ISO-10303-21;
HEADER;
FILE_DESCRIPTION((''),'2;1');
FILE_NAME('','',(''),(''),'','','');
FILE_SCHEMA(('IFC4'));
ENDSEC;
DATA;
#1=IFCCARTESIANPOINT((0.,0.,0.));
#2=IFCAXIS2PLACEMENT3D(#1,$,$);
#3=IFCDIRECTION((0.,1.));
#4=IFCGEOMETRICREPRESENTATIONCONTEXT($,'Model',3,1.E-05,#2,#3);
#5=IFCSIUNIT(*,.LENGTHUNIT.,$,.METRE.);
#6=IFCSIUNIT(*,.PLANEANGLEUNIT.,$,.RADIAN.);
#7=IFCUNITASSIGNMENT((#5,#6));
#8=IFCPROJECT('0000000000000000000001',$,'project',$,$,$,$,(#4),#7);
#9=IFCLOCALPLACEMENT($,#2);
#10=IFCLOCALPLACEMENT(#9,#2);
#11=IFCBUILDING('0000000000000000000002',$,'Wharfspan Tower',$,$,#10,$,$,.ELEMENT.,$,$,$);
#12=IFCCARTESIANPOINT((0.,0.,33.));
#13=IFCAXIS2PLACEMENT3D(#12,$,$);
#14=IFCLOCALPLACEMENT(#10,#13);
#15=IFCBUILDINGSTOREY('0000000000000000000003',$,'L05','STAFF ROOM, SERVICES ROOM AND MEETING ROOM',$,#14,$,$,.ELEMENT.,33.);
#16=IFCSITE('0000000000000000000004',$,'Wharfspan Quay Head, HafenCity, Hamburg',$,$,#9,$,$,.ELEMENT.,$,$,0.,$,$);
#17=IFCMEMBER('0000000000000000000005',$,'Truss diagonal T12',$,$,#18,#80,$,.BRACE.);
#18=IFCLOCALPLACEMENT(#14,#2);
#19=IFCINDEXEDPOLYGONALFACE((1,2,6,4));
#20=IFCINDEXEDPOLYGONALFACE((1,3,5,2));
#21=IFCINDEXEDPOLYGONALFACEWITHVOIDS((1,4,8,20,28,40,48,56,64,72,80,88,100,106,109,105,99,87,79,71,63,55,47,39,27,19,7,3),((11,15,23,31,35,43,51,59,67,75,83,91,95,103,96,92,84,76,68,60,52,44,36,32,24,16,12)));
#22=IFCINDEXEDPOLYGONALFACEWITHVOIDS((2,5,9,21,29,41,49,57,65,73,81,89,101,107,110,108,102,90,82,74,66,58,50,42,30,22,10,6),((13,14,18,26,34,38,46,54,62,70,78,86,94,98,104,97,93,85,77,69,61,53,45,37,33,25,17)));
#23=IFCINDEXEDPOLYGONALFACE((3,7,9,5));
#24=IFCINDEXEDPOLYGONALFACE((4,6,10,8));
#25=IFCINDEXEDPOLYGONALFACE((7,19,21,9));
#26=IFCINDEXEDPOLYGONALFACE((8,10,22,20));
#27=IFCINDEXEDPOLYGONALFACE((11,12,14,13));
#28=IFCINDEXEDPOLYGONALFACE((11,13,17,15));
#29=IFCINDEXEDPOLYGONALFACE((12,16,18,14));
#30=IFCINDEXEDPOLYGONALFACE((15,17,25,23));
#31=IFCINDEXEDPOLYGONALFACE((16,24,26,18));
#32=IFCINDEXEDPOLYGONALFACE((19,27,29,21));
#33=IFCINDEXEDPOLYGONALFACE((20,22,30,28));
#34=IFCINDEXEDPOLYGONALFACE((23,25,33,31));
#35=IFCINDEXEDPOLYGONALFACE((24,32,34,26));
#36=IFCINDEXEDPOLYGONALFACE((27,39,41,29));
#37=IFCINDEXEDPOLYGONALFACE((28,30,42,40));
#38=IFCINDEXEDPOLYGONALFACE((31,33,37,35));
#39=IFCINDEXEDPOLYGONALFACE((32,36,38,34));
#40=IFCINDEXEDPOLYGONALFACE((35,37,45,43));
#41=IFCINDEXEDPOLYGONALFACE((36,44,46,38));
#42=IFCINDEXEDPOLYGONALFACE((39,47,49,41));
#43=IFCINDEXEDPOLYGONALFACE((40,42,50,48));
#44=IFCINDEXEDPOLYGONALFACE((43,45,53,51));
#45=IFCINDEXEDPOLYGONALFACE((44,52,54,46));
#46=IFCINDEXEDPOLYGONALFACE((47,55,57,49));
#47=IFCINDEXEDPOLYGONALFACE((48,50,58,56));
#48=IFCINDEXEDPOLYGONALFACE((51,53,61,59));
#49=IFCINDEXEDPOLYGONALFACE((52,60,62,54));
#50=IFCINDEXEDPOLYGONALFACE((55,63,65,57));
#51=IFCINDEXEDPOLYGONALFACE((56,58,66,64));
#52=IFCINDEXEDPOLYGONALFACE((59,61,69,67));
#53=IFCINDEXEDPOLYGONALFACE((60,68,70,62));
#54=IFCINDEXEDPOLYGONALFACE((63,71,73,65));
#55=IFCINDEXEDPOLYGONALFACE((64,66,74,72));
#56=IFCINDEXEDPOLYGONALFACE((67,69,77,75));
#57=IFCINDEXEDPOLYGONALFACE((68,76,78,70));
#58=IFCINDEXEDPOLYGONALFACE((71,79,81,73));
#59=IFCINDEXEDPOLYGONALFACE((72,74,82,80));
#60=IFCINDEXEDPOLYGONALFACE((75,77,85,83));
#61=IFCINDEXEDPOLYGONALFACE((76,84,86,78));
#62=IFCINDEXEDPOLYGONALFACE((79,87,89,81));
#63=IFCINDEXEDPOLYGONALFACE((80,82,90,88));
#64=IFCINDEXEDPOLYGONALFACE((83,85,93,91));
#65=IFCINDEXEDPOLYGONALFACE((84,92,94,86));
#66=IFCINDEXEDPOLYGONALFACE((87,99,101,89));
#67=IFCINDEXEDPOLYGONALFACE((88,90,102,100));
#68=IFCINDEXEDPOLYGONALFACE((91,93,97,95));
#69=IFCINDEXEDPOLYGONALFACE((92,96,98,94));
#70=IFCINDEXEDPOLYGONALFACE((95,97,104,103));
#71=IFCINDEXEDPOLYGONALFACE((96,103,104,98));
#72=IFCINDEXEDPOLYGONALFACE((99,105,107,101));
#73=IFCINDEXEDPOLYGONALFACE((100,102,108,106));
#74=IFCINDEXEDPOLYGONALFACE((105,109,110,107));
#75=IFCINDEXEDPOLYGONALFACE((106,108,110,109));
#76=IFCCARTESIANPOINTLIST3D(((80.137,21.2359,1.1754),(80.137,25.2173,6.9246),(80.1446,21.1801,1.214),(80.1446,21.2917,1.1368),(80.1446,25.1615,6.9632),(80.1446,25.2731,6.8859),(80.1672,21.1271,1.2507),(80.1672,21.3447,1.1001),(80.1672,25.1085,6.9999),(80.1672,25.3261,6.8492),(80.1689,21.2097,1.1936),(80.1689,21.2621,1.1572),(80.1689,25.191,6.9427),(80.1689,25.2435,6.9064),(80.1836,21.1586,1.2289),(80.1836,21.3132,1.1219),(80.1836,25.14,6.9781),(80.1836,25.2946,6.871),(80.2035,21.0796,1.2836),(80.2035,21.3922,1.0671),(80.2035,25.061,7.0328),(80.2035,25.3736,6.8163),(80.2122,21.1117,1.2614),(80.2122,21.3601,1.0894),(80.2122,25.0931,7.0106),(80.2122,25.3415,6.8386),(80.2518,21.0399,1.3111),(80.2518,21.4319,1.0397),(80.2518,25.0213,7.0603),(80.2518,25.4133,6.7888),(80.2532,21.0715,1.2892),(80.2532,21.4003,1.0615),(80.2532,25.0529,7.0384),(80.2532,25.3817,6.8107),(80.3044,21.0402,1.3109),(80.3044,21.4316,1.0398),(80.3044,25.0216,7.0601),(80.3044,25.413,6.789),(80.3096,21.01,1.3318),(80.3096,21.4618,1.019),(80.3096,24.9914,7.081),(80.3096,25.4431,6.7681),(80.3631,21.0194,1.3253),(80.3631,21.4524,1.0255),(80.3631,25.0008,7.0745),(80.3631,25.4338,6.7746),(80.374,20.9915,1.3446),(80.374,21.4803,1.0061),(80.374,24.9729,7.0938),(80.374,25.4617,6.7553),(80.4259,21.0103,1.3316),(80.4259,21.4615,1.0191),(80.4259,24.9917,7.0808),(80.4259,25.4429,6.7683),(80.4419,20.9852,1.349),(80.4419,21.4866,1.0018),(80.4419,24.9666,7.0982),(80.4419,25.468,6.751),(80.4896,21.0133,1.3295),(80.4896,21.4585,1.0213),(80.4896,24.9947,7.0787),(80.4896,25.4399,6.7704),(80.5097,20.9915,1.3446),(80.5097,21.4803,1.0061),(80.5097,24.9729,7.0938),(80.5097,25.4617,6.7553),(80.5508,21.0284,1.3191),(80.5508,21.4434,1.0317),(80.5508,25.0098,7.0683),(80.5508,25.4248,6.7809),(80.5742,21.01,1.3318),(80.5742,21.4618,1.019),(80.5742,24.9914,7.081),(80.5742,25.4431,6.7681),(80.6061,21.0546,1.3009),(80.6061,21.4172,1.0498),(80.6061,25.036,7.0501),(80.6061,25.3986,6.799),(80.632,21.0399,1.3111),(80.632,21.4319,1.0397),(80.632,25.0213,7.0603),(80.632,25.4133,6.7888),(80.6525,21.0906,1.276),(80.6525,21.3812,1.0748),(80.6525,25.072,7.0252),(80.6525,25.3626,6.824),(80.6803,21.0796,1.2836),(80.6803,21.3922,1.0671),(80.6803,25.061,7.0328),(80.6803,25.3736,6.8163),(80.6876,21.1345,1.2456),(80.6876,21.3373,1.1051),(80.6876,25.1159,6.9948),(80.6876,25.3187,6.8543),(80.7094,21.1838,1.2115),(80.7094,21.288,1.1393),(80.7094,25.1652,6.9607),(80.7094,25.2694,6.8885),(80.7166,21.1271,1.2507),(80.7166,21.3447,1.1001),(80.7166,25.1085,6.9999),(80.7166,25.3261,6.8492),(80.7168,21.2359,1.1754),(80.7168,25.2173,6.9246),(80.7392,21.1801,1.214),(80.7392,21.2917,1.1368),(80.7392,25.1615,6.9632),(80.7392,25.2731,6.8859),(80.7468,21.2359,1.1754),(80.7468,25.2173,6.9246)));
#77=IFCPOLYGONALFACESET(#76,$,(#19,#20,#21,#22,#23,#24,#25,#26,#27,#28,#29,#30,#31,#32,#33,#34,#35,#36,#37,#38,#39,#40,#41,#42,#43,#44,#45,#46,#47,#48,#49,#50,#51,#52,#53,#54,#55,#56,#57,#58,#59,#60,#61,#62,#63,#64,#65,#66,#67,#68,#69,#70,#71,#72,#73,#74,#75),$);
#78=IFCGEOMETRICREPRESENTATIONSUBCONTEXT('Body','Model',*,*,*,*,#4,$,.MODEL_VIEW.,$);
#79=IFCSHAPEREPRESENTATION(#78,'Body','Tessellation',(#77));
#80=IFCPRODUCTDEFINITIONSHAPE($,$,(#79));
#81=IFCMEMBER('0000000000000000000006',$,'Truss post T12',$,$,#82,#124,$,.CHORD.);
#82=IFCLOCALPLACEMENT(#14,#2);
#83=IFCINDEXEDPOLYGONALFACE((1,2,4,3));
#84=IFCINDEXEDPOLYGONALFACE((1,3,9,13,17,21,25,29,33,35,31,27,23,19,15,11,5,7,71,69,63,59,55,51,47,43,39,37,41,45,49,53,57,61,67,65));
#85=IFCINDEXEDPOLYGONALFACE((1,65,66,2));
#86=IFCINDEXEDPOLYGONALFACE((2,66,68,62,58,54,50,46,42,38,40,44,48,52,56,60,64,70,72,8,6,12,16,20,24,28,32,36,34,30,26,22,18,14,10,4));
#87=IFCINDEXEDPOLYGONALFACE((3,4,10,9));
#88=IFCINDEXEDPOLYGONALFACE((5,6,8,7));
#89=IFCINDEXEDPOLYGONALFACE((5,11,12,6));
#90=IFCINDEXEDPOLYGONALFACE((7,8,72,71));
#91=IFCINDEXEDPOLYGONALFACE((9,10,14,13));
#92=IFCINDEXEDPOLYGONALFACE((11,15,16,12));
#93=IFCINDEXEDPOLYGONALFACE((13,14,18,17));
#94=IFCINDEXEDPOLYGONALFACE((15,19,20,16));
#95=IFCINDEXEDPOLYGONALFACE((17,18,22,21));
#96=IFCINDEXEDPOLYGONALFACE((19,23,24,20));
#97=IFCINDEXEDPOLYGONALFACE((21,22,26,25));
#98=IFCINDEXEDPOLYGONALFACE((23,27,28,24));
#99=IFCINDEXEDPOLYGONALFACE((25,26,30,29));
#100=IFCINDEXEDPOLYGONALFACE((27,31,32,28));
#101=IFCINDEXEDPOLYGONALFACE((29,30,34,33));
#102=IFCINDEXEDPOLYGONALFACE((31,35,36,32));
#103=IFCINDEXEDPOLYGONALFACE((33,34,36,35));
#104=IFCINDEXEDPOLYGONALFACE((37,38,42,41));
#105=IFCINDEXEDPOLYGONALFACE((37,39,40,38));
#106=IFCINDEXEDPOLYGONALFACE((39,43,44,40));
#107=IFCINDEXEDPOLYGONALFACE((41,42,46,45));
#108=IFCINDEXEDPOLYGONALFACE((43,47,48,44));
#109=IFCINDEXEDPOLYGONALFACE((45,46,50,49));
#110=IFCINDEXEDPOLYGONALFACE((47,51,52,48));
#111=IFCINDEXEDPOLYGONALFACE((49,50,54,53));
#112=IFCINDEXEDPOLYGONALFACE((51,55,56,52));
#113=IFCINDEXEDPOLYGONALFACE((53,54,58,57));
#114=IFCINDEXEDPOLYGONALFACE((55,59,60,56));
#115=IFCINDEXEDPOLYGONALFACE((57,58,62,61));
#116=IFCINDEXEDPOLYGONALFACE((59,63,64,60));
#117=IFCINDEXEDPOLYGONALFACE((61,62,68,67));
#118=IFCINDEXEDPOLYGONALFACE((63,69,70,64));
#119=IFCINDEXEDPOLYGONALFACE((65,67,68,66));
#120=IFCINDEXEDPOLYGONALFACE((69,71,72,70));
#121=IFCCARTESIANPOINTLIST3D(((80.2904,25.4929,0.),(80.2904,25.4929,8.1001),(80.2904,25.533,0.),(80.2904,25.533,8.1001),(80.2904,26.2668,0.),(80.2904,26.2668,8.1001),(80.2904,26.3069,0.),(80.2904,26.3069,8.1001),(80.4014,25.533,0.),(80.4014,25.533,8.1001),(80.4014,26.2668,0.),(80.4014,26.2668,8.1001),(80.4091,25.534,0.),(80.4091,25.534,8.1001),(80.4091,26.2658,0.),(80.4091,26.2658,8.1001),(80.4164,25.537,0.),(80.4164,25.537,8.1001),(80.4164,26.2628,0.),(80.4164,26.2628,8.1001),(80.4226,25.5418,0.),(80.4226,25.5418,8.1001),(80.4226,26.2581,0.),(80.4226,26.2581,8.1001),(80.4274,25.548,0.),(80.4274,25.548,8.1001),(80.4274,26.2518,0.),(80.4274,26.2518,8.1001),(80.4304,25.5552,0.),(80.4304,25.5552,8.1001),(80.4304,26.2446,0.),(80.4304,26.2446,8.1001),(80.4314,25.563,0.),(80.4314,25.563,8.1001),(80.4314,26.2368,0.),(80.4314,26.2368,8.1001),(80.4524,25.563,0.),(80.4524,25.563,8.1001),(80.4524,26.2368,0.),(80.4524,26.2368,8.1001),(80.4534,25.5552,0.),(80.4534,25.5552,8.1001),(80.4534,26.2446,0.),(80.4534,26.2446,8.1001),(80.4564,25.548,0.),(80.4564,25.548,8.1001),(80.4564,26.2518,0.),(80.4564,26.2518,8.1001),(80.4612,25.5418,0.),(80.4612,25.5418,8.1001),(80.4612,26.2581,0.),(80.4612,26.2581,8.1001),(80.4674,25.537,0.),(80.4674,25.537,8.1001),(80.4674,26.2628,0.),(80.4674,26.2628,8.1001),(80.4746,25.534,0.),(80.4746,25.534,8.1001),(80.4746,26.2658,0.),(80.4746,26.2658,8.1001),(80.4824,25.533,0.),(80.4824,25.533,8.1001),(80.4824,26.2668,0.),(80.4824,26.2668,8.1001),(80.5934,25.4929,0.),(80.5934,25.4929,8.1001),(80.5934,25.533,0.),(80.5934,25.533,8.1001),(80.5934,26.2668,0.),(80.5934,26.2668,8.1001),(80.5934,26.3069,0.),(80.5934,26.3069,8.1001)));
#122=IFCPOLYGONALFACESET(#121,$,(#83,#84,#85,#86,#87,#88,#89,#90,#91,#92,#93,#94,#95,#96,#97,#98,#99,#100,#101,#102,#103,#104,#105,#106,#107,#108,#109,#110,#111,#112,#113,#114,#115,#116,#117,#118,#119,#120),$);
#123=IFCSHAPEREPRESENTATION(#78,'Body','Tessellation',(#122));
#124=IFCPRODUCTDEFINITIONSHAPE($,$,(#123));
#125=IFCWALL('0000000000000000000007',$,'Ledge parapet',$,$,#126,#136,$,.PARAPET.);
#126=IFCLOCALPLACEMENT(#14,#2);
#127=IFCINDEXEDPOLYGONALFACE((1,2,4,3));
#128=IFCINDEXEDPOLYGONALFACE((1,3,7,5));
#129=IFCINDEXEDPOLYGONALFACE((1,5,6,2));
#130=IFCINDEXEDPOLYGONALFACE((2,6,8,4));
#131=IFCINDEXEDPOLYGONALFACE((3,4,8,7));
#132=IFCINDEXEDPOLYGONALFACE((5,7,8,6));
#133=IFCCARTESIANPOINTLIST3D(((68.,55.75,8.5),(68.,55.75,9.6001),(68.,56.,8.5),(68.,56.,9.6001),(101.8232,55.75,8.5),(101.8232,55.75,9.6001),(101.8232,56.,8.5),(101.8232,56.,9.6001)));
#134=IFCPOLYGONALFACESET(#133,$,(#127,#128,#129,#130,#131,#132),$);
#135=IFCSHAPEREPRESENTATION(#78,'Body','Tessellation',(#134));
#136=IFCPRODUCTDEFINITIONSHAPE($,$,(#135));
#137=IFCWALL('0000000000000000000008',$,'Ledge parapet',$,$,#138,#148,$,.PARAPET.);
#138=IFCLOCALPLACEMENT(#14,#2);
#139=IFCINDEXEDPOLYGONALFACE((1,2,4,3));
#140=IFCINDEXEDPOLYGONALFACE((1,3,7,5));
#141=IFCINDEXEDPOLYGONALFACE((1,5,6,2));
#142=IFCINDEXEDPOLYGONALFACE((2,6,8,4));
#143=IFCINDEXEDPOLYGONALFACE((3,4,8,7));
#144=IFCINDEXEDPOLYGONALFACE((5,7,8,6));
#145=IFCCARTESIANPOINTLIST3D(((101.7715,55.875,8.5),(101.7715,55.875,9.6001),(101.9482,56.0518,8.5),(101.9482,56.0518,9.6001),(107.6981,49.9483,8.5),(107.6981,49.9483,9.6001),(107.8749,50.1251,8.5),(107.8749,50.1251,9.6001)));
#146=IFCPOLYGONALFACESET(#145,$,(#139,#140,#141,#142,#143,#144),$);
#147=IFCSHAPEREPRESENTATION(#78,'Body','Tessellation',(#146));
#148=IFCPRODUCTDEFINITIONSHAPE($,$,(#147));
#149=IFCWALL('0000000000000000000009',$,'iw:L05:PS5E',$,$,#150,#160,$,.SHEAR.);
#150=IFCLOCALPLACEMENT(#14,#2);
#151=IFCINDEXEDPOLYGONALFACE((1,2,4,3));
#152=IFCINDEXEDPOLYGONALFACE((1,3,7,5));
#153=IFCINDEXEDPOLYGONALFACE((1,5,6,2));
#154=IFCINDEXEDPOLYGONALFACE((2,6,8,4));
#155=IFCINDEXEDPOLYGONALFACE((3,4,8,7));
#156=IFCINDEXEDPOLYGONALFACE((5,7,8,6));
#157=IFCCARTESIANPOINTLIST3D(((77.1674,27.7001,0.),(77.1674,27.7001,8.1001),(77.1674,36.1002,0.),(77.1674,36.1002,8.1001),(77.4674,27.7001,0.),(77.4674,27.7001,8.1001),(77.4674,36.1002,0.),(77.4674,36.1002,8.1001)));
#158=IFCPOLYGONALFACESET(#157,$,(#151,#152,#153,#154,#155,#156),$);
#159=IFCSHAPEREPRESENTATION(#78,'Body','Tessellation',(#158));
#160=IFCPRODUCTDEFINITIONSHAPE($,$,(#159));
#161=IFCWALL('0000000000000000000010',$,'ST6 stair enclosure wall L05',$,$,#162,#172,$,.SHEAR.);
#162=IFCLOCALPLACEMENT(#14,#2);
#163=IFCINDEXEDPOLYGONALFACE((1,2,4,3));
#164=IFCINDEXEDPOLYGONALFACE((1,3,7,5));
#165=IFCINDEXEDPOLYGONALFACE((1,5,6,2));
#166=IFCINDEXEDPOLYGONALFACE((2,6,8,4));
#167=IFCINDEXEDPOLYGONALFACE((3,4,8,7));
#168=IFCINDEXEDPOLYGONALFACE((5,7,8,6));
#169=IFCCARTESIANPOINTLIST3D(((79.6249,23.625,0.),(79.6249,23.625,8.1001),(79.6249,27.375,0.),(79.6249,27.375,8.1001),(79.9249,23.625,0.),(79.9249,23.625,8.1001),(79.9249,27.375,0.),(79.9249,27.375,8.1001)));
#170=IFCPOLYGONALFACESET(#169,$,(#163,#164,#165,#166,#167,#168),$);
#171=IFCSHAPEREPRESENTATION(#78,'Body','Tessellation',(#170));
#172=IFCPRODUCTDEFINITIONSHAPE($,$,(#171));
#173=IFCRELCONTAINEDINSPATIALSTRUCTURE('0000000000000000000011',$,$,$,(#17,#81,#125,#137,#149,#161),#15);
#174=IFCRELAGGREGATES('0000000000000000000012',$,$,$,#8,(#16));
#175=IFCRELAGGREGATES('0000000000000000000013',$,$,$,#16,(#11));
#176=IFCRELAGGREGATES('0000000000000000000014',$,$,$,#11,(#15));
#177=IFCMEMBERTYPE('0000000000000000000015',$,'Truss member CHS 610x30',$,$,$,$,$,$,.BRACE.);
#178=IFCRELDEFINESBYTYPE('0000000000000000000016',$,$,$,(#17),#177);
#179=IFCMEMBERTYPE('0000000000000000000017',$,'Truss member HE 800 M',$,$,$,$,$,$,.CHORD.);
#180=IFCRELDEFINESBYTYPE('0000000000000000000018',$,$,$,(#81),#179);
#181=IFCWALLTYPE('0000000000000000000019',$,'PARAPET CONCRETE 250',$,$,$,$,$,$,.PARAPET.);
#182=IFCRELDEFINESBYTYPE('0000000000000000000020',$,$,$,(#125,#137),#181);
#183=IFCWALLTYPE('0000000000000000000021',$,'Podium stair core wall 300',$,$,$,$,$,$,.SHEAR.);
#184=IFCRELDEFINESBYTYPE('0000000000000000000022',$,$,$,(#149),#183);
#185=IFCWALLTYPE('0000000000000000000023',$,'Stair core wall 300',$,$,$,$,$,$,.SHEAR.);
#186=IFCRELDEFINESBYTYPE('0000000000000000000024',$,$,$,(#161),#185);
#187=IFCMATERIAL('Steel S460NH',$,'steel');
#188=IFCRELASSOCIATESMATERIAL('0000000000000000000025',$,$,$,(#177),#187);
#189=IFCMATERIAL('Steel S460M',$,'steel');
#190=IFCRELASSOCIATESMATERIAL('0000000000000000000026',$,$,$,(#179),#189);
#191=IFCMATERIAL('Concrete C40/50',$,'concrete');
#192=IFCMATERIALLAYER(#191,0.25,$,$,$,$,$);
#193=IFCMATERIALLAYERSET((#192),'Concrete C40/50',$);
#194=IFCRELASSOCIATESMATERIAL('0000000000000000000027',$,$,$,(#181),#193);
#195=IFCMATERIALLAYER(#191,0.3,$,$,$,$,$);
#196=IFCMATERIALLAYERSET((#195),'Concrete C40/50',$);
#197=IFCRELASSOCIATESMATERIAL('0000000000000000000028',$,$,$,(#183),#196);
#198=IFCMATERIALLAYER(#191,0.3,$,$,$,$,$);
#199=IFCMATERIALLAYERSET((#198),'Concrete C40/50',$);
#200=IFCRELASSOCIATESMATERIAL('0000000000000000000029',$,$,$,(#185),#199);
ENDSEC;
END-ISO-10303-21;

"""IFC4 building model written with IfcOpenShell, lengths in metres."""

from ifc_helpers import new_model, si_unit, direction, frame, frame_2d, origin, origin_2d, place, context, subcontext, project, spatial, rectangle, hollow_circle, i_section, extrude, material, layer, layer_set, material_profile, profile_set, type_object, element, save


model = new_model("IFC4")

# Units and contexts
model_context = context("Model", 3, precision=1e-05, world=origin(), true_north=direction((0.0, 1.0)))
body_context = subcontext(model_context, "Body", "Model", "MODEL_VIEW")
ifc_project = project(units=[si_unit("LENGTHUNIT", "METRE"), si_unit("PLANEANGLEUNIT", "RADIAN")], contexts=[model_context])

# Site, building, storey
site_placement = place(None, origin())
site = spatial("IfcSite", under=ifc_project, at=site_placement, Name="Wharfspan Quay Head, HafenCity, Hamburg", CompositionType="ELEMENT", RefElevation=0.0)
building_placement = place(site_placement, origin())
building = spatial("IfcBuilding", under=site, at=building_placement, Name="Wharfspan Tower", CompositionType="ELEMENT")
storey_placement = place(building_placement, frame((0.0, 0.0, 33.0)))
storey = spatial("IfcBuildingStorey", under=building, at=storey_placement, Name="L05", Description="STAFF ROOM, SERVICES ROOM AND MEETING ROOM", CompositionType="ELEMENT", Elevation=33.0)

# Members
ifc_material_1 = material(Name="Steel S460NH", Category="steel")
ifc_material_profile_1 = material_profile(ifc_material_1, hollow_circle(Radius=0.3049, WallThickness=0.03, at=origin_2d()))
ifc_profile_set_1 = profile_set([ifc_material_profile_1], Name="Steel S460NH")
member_type_1 = type_object("IfcMemberType", Name="Truss member CHS 610x30", PredefinedType="BRACE", material=ifc_profile_set_1)
member_1_placement = place(storey_placement, frame((80.4419, 25.2173, 6.9246), z_axis=(0.0, -0.569324, -0.822113), x_axis=(1.0, 0.0, 0.0)))
element("IfcMember", 1, at=member_1_placement, inside=storey, type_object=member_type_1, Name="Truss diagonal T12", PredefinedType="BRACE", context=body_context, shape_type="SweptSolid", body=[
    extrude(hollow_circle(Radius=0.3049, WallThickness=0.03, at=origin_2d()), origin(), (0.0, 0.0, 1.0), 6.9932),
])
ifc_material_2 = material(Name="Steel S460M", Category="steel")
ifc_material_profile_2 = material_profile(ifc_material_2, i_section(OverallWidth=0.303, OverallDepth=0.814, WebThickness=0.021, FlangeThickness=0.04, FilletRadius=0.03, at=origin_2d()))
ifc_profile_set_2 = profile_set([ifc_material_profile_2], Name="Steel S460M")
member_type_2 = type_object("IfcMemberType", Name="Truss member HE 800 M", PredefinedType="CHORD", material=ifc_profile_set_2)
member_2_placement = place(storey_placement, frame((80.4419, 25.8999, 0.0), z_axis=(0.0, 0.0, 1.0), x_axis=(1.0, 0.0, 0.0)))
element("IfcMember", 2, at=member_2_placement, inside=storey, type_object=member_type_2, Name="Truss post T12", PredefinedType="CHORD", context=body_context, shape_type="SweptSolid", body=[
    extrude(i_section(OverallWidth=0.303, OverallDepth=0.814, WebThickness=0.021, FlangeThickness=0.04, FilletRadius=0.03, at=origin_2d()), origin(), (0.0, 0.0, 1.0), 8.1001),
])

# Walls
ifc_material_3 = material(Name="Concrete C40/50", Category="concrete")
ifc_layer_1 = layer(ifc_material_3, 0.25)
ifc_layer_set_1 = layer_set([ifc_layer_1], Name="Concrete C40/50")
wall_type_1 = type_object("IfcWallType", Name="PARAPET CONCRETE 250", PredefinedType="PARAPET", material=ifc_layer_set_1)
wall_1_placement = place(storey_placement, frame((101.8232, 55.875, 8.5), z_axis=(0.0, 0.0, 1.0), x_axis=(-1.0, 0.0, 0.0)))
element("IfcWall", 3, at=wall_1_placement, inside=storey, type_object=wall_type_1, Name="Ledge parapet", PredefinedType="PARAPET", context=body_context, shape_type="SweptSolid", body=[
    extrude(rectangle(XDim=33.8232, YDim=0.25, at=frame_2d((16.9116, 0.0))), origin(), (0.0, 0.0, 1.0), 1.1001),
])
wall_2_placement = place(storey_placement, frame((107.7866, 50.0366, 8.5), z_axis=(0.0, 0.0, 1.0), x_axis=(-0.707107, 0.707107, 0.0)))
element("IfcWall", 4, at=wall_2_placement, inside=storey, type_object=wall_type_1, Name="Ledge parapet", PredefinedType="PARAPET", context=body_context, shape_type="SweptSolid", body=[
    extrude(rectangle(XDim=8.3816, YDim=0.25, at=frame_2d((4.1909, 0.0))), origin(), (0.0, 0.0, 1.0), 1.1001),
])
ifc_layer_2 = layer(ifc_material_3, 0.3)
ifc_layer_set_2 = layer_set([ifc_layer_2], Name="Concrete C40/50")
wall_type_2 = type_object("IfcWallType", Name="Podium stair core wall 300", PredefinedType="SHEAR", material=ifc_layer_set_2)
wall_3_placement = place(storey_placement, frame((77.3174, 27.7, 0.0), z_axis=(0.0, 0.0, 1.0), x_axis=(0.0, 1.0, 0.0)))
element("IfcWall", 5, at=wall_3_placement, inside=storey, type_object=wall_type_2, Name="iw:L05:PS5E", PredefinedType="SHEAR", context=body_context, shape_type="SweptSolid", body=[
    extrude(rectangle(XDim=8.4001, YDim=0.3, at=frame_2d((4.2002, 0.0))), origin(), (0.0, 0.0, 1.0), 8.1001),
])
ifc_layer_3 = layer(ifc_material_3, 0.3)
ifc_layer_set_3 = layer_set([ifc_layer_3], Name="Concrete C40/50")
wall_type_3 = type_object("IfcWallType", Name="Stair core wall 300", PredefinedType="SHEAR", material=ifc_layer_set_3)
wall_4_placement = place(storey_placement, frame((79.7749, 23.625, 0.0), z_axis=(0.0, 0.0, 1.0), x_axis=(0.0, 1.0, 0.0)))
element("IfcWall", 6, at=wall_4_placement, inside=storey, type_object=wall_type_3, Name="ST6 stair enclosure wall L05", PredefinedType="SHEAR", context=body_context, shape_type="SweptSolid", body=[
    extrude(rectangle(XDim=3.75, YDim=0.3, at=frame_2d((1.875, 0.0))), origin(), (0.0, 0.0, 1.0), 8.1001),
])

save(model, "model.ifc")
